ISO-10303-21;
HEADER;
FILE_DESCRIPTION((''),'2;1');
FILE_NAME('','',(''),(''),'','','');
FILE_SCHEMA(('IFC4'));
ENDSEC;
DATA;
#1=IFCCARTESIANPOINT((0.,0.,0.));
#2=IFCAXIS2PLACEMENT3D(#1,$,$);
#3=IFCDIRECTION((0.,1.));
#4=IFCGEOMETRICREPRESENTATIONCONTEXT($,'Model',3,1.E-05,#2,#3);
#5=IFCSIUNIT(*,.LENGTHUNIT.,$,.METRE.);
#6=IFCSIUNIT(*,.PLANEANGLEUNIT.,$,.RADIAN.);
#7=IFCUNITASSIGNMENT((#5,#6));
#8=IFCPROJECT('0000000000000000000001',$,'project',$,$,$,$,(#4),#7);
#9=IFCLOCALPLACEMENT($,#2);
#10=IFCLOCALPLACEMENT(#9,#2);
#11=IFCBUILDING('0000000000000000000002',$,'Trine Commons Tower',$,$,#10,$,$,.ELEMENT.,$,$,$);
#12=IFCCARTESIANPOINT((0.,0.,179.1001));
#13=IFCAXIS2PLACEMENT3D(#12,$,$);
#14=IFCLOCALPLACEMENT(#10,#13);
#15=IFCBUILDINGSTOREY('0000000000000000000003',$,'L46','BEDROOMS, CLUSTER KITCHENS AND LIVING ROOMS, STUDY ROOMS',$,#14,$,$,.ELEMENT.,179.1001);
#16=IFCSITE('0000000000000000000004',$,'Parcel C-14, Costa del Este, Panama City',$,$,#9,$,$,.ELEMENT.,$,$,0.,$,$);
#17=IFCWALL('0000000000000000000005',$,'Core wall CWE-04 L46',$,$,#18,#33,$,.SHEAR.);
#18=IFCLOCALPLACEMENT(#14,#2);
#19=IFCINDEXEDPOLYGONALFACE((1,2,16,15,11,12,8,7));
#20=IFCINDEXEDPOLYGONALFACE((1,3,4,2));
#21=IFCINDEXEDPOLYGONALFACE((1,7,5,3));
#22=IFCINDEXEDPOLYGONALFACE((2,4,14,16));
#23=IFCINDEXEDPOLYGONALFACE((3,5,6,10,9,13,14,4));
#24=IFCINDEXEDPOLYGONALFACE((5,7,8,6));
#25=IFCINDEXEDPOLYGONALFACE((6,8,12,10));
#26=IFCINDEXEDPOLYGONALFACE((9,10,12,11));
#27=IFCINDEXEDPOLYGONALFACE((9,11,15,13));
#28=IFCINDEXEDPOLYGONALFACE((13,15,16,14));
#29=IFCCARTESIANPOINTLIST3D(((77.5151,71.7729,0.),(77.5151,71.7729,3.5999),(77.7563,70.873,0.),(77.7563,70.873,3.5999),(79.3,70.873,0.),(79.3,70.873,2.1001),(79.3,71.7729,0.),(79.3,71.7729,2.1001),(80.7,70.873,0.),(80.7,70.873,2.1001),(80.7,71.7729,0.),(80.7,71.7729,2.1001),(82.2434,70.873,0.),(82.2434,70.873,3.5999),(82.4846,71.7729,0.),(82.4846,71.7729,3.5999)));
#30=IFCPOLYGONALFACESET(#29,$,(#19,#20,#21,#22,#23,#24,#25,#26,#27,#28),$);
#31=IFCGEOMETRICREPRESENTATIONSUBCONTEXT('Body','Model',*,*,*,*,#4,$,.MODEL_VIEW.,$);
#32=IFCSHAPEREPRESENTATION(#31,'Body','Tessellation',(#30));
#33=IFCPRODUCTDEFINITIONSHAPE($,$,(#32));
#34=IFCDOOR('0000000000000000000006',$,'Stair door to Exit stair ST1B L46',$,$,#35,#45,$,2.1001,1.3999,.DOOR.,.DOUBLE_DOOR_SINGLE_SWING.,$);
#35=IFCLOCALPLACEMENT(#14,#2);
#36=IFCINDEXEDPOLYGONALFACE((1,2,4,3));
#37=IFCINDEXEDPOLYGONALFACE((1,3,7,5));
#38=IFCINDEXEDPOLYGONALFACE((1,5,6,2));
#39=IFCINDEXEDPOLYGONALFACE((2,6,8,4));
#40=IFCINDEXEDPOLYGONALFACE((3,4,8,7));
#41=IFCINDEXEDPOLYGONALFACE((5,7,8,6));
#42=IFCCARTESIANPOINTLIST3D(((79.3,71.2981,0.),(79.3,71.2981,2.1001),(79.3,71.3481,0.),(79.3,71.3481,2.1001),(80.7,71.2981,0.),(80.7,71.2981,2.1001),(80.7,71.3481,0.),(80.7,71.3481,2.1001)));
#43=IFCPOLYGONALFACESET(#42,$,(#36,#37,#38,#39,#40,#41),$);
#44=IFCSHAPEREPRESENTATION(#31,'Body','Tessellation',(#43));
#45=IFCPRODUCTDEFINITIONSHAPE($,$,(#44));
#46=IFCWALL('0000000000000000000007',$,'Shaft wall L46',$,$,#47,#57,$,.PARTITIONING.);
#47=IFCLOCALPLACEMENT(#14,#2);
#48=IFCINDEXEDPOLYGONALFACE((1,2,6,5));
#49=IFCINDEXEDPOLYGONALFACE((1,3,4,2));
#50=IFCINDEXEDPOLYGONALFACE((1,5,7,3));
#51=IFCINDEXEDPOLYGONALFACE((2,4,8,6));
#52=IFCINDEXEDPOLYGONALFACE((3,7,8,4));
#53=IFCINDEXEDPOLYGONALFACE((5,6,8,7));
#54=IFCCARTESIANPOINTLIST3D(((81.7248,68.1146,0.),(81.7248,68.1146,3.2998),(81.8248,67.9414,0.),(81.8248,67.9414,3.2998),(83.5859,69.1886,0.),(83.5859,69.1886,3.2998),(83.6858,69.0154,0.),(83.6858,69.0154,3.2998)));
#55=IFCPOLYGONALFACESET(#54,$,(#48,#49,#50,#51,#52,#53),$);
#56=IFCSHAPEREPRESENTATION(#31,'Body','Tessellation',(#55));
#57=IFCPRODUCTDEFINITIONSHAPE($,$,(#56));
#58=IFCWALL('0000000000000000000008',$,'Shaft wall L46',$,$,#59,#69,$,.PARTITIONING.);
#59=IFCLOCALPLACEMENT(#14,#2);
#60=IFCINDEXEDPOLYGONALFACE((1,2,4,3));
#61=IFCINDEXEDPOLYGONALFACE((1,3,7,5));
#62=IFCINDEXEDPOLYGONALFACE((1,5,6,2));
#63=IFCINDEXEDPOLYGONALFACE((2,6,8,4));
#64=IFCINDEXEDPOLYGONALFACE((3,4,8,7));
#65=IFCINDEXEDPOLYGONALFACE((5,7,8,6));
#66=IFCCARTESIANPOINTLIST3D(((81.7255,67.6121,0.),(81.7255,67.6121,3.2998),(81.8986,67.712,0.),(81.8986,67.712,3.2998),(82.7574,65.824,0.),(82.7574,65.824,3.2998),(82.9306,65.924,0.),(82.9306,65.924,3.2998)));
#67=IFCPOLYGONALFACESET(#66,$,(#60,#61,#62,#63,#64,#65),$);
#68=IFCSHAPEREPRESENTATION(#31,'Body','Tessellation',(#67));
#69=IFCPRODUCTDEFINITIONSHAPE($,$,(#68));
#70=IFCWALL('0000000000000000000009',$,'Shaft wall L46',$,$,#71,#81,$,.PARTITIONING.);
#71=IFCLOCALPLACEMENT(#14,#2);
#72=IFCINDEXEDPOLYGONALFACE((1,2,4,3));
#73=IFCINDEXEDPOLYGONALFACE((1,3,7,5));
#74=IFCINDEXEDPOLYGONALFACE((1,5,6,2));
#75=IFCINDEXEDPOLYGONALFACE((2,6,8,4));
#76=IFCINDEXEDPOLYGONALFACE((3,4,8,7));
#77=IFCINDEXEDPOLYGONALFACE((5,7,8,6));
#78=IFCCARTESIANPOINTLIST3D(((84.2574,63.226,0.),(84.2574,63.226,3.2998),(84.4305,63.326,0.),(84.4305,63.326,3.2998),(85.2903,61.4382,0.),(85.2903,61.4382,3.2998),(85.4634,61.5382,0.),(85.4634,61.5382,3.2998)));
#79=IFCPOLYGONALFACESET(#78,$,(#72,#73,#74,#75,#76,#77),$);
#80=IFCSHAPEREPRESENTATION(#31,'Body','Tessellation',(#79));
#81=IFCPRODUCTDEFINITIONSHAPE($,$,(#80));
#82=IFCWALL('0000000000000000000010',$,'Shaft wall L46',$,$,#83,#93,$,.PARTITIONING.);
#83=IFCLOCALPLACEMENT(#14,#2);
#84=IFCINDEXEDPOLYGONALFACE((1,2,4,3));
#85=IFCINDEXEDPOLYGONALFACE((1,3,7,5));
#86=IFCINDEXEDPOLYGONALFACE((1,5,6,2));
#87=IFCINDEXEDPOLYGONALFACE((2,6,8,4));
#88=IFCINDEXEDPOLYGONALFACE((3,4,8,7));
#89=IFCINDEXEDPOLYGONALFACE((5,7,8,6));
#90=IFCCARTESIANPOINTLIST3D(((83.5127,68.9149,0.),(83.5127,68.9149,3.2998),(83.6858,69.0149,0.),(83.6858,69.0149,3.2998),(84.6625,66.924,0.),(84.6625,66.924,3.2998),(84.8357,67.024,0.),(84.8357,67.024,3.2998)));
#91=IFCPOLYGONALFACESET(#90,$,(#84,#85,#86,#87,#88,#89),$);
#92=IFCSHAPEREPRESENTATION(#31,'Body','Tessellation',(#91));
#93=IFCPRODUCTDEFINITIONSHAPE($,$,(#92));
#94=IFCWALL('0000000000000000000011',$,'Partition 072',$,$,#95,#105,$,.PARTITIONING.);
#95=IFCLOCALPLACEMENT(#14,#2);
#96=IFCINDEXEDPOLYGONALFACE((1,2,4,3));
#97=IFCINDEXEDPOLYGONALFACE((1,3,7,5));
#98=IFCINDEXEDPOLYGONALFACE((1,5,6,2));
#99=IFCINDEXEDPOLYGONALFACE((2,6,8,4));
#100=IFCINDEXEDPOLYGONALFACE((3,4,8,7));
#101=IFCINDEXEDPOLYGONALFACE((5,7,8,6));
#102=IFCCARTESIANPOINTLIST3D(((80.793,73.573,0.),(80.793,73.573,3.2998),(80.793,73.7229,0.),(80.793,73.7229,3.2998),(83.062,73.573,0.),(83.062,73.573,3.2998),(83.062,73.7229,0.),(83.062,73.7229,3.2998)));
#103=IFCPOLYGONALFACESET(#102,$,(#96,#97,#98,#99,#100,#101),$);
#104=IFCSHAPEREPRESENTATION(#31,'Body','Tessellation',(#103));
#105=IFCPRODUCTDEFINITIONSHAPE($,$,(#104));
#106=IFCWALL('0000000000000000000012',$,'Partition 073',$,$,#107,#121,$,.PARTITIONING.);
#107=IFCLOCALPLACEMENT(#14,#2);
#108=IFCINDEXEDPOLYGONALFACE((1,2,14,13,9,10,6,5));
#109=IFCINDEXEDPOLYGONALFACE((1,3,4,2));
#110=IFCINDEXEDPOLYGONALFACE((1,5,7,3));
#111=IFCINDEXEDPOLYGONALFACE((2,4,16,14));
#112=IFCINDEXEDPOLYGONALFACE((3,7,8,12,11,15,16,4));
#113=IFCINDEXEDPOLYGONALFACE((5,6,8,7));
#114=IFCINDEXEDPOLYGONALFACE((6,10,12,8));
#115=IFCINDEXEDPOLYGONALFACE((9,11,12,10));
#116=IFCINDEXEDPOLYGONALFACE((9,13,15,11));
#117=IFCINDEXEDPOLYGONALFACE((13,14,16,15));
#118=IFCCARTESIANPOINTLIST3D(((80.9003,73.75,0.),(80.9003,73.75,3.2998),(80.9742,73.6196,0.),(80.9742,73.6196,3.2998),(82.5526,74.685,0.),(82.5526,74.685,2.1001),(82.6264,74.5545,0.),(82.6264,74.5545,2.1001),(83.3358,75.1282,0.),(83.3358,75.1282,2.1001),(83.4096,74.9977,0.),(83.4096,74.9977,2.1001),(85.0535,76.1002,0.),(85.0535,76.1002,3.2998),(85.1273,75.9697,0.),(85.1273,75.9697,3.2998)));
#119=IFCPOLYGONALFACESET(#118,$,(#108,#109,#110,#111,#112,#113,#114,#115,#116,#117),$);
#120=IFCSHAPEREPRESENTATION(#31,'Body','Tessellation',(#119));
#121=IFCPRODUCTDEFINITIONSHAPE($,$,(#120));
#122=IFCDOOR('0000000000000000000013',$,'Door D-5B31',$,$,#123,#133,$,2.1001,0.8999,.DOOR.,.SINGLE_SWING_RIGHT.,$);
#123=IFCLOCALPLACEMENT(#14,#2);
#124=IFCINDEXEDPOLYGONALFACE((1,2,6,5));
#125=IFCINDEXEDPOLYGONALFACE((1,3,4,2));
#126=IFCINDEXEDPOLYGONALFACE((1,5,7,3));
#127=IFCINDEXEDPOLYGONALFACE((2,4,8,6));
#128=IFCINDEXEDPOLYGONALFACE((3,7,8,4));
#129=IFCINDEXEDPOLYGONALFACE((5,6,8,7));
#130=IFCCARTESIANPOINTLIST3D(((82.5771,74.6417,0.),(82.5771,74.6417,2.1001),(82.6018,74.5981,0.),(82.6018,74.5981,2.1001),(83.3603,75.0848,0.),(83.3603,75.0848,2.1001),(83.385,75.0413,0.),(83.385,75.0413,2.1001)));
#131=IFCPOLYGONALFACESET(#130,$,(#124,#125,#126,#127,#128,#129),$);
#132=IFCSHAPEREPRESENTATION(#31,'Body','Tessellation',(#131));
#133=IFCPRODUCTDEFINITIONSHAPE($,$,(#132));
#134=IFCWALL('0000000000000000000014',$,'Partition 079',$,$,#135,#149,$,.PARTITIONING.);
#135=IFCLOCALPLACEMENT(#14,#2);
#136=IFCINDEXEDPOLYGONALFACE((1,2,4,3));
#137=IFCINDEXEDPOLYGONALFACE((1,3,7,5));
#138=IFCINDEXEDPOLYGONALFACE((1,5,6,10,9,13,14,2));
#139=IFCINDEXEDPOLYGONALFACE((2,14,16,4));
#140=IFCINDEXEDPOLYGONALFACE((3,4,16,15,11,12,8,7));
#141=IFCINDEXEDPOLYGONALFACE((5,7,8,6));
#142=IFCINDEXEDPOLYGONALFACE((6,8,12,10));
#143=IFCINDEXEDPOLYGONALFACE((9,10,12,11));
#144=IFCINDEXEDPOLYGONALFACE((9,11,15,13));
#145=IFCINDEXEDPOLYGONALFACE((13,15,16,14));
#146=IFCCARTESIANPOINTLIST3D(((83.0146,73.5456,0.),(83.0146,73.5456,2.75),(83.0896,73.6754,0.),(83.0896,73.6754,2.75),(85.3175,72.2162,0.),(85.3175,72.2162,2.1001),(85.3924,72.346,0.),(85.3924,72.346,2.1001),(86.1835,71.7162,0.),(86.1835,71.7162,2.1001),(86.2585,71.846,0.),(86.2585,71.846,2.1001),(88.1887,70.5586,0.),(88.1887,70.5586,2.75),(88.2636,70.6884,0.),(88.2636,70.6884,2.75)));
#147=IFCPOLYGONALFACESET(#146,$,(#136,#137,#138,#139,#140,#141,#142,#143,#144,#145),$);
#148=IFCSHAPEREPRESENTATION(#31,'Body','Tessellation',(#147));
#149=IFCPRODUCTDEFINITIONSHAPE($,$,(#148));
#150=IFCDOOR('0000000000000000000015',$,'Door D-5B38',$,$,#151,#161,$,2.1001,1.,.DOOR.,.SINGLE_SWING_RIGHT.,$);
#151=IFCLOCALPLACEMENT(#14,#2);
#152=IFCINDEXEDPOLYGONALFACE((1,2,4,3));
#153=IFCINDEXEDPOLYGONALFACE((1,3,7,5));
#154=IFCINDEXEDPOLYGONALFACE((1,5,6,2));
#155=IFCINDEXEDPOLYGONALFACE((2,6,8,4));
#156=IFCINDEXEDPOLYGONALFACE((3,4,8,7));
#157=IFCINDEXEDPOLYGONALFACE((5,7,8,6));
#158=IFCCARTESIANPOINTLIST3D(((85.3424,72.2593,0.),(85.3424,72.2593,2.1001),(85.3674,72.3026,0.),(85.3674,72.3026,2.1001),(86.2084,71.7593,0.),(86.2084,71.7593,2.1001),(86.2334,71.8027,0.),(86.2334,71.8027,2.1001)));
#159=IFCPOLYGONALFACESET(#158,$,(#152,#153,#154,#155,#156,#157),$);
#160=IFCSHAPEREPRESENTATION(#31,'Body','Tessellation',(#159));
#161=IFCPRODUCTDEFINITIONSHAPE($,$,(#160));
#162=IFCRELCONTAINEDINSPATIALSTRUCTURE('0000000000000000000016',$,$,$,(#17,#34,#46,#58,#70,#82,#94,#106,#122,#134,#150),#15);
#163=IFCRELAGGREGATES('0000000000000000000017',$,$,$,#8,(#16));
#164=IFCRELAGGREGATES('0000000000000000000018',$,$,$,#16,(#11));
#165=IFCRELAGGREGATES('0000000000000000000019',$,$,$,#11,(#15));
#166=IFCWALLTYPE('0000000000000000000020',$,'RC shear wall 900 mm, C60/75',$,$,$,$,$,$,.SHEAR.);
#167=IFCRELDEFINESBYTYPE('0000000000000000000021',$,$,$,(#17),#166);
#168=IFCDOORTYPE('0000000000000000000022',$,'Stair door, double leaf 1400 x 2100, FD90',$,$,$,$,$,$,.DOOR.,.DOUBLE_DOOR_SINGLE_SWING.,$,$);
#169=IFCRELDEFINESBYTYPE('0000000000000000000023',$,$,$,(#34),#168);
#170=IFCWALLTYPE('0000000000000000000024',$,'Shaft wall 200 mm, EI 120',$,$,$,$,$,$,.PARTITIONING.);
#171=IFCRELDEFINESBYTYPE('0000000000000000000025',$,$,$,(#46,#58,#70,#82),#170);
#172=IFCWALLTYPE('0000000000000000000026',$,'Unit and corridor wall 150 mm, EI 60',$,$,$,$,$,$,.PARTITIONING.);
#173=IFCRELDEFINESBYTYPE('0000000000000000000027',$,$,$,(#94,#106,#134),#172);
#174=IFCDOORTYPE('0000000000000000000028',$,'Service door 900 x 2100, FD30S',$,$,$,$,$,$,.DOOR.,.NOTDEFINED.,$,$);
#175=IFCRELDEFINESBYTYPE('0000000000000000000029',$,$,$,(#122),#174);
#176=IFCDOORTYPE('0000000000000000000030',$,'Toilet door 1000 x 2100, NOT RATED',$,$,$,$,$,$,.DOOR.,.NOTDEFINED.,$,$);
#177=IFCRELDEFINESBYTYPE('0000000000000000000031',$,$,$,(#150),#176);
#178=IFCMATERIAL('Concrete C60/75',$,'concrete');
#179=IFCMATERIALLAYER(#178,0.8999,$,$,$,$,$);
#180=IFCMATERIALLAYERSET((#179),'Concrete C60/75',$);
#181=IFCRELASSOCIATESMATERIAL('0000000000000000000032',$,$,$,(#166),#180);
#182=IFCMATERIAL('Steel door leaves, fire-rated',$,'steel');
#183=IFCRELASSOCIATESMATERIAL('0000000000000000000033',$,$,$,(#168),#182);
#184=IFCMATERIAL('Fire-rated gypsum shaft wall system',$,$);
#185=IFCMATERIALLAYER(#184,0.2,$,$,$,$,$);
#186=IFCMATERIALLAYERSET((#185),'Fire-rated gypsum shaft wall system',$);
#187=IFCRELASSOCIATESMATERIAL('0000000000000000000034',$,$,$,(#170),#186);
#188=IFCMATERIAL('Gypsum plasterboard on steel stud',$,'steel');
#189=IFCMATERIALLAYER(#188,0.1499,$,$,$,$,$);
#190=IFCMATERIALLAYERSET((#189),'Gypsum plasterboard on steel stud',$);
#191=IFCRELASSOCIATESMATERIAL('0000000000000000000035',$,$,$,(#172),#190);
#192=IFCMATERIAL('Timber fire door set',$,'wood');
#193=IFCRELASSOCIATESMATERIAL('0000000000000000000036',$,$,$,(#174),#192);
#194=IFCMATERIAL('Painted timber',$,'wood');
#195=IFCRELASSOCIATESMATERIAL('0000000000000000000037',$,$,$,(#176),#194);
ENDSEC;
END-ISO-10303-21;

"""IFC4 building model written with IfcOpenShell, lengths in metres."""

from ifc_helpers import new_model, si_unit, direction, frame, frame_2d, origin, place, context, subcontext, project, spatial, polyline, rectangle, outline, extrude, material, layer, layer_set, type_object, element, fill, save


model = new_model("IFC4")

# Units and contexts
model_context = context("Model", 3, precision=1e-05, world=origin(), true_north=direction((0.0, 1.0)))
body_context = subcontext(model_context, "Body", "Model", "MODEL_VIEW")
ifc_project = project(units=[si_unit("LENGTHUNIT", "METRE"), si_unit("PLANEANGLEUNIT", "RADIAN")], contexts=[model_context])

# Site, building, storey
site_placement = place(None, origin())
site = spatial("IfcSite", under=ifc_project, at=site_placement, Name="Parcel C-14, Costa del Este, Panama City", CompositionType="ELEMENT", RefElevation=0.0)
building_placement = place(site_placement, origin())
building = spatial("IfcBuilding", under=site, at=building_placement, Name="Trine Commons Tower", CompositionType="ELEMENT")
storey_placement = place(building_placement, frame((0.0, 0.0, 179.1001)))
storey = spatial("IfcBuildingStorey", under=building, at=storey_placement, Name="L46", Description="BEDROOMS, CLUSTER KITCHENS AND LIVING ROOMS, STUDY ROOMS", CompositionType="ELEMENT", Elevation=179.1001)

# Shared definitions
ifc_material_1 = material(Name="Fire-rated gypsum shaft wall system")
ifc_material_2 = material(Name="Concrete C60/75", Category="concrete")

# Wall, opening, door
ifc_layer_1 = layer(ifc_material_2, 0.8999)
ifc_layer_set_1 = layer_set([ifc_layer_1], Name="Concrete C60/75")
wall_type_1 = type_object("IfcWallType", Name="RC shear wall 900 mm, C60/75", PredefinedType="SHEAR", material=ifc_layer_set_1)
wall_1_placement = place(storey_placement, frame((82.4846, 71.323, 0.0), z_axis=(0.0, 0.0, 1.0), x_axis=(-1.0, 0.0, 0.0)))
wall_1 = element("IfcWall", 1, at=wall_1_placement, inside=storey, type_object=wall_type_1, Name="Core wall CWE-04 L46", PredefinedType="SHEAR", context=body_context, shape_type="SweptSolid", body=[
    extrude(outline(polyline([(0.0, -0.45), (4.9695, -0.45), (4.7283, 0.45), (0.2412, 0.45), (0.0, -0.45)])), origin(), (0.0, 0.0, 1.0), 3.5999),
])
opening_1_placement = place(wall_1_placement, frame((1.7847, 0.0, 0.0)))
opening_1 = element("IfcOpeningElement", 2, at=opening_1_placement, cuts=wall_1, PredefinedType="OPENING", context=body_context, shape_type="SweptSolid", body=[
    extrude(rectangle(XDim=1.3999, YDim=2.1001, at=frame_2d((0.7, 1.05))), frame((0.0, 0.46, 0.0), z_axis=(0.0, -1.0, 0.0), x_axis=(1.0, 0.0, 0.0)), (0.0, 0.0, 1.0), 0.9199),
])
ifc_material_3 = material(Name="Steel door leaves, fire-rated", Category="steel")
door_type_1 = type_object("IfcDoorType", Name="Stair door, double leaf 1400 x 2100, FD90", OperationType="DOUBLE_DOOR_SINGLE_SWING", PredefinedType="DOOR", material=ifc_material_3)
door_1_placement = place(opening_1_placement, origin())
door_1 = element("IfcDoor", 3, at=door_1_placement, inside=storey, type_object=door_type_1, Name="Stair door to Exit stair ST1B L46", OperationType="DOUBLE_DOOR_SINGLE_SWING", OverallHeight=2.1001, OverallWidth=1.3999, PredefinedType="DOOR", context=body_context, shape_type="SweptSolid", body=[
    extrude(rectangle(XDim=1.3999, YDim=2.1001, at=frame_2d((0.7, 1.05))), frame((0.0, 0.0249, 0.0), z_axis=(0.0, -1.0, 0.0), x_axis=(1.0, 0.0, 0.0)), (0.0, 0.0, 1.0), 0.05),
])
fill(opening_1, door_1)

# Walls
ifc_layer_2 = layer(ifc_material_1, 0.2)
ifc_layer_set_2 = layer_set([ifc_layer_2], Name="Fire-rated gypsum shaft wall system")
wall_type_2 = type_object("IfcWallType", Name="Shaft wall 200 mm, EI 120", PredefinedType="PARTITIONING", material=ifc_layer_set_2)
wall_2_placement = place(storey_placement, frame((81.7749, 68.0281, 0.0), z_axis=(0.0, 0.0, 1.0), x_axis=(0.866131, 0.499818, 0.0)))
element("IfcWall", 4, at=wall_2_placement, inside=storey, type_object=wall_type_2, Name="Shaft wall L46", PredefinedType="PARTITIONING", context=body_context, shape_type="SweptSolid", body=[
    extrude(rectangle(XDim=2.1487, YDim=0.2, at=frame_2d((1.0742, 0.0))), origin(), (0.0, 0.0, 1.0), 3.2998),
])
wall_3_placement = place(storey_placement, frame((82.844, 65.874, 0.0), z_axis=(0.0, 0.0, 1.0), x_axis=(-0.499866, 0.866103, 0.0)))
element("IfcWall", 5, at=wall_3_placement, inside=storey, type_object=wall_type_2, Name="Shaft wall L46", PredefinedType="PARTITIONING", context=body_context, shape_type="SweptSolid", body=[
    extrude(rectangle(XDim=2.0645, YDim=0.2, at=frame_2d((1.0322, 0.0))), origin(), (0.0, 0.0, 1.0), 3.2998),
])
wall_4_placement = place(storey_placement, frame((84.344, 63.2759, 0.0), z_axis=(0.0, 0.0, 1.0), x_axis=(0.500272, -0.865868, 0.0)))
element("IfcWall", 6, at=wall_4_placement, inside=storey, type_object=wall_type_2, Name="Shaft wall L46", PredefinedType="PARTITIONING", context=body_context, shape_type="SweptSolid", body=[
    extrude(rectangle(XDim=2.0647, YDim=0.2, at=frame_2d((1.0322, 0.0))), origin(), (0.0, 0.0, 1.0), 3.2998),
])
wall_5_placement = place(storey_placement, frame((84.749, 66.9741, 0.0), z_axis=(0.0, 0.0, 1.0), x_axis=(-0.500136, 0.865947, 0.0)))
element("IfcWall", 7, at=wall_5_placement, inside=storey, type_object=wall_type_2, Name="Shaft wall L46", PredefinedType="PARTITIONING", context=body_context, shape_type="SweptSolid", body=[
    extrude(rectangle(XDim=2.2991, YDim=0.2, at=frame_2d((1.1494, 0.0))), origin(), (0.0, 0.0, 1.0), 3.2998),
])
ifc_material_4 = material(Name="Gypsum plasterboard on steel stud", Category="steel")
ifc_layer_3 = layer(ifc_material_4, 0.1499)
ifc_layer_set_3 = layer_set([ifc_layer_3], Name="Gypsum plasterboard on steel stud")
wall_type_3 = type_object("IfcWallType", Name="Unit and corridor wall 150 mm, EI 60", PredefinedType="PARTITIONING", material=ifc_layer_set_3)
wall_6_placement = place(storey_placement, frame((80.793, 73.6479, 0.0), z_axis=(0.0, 0.0, 1.0), x_axis=(1.0, 0.0, 0.0)))
element("IfcWall", 8, at=wall_6_placement, inside=storey, type_object=wall_type_3, Name="Partition 072", PredefinedType="PARTITIONING", context=body_context, shape_type="SweptSolid", body=[
    extrude(rectangle(XDim=2.269, YDim=0.1499, at=frame_2d((1.1345, 0.0))), origin(), (0.0, 0.0, 1.0), 3.2998),
])

# Walls, openings, doors
wall_7_placement = place(storey_placement, frame((80.9373, 73.6848, 0.0), z_axis=(0.0, 0.0, 1.0), x_axis=(0.87032, 0.492487, 0.0)))
wall_7 = element("IfcWall", 9, at=wall_7_placement, inside=storey, type_object=wall_type_3, Name="Partition 073", PredefinedType="PARTITIONING", context=body_context, shape_type="SweptSolid", body=[
    extrude(rectangle(XDim=4.772, YDim=0.1499, at=frame_2d((2.386, 0.0))), origin(), (0.0, 0.0, 1.0), 3.2998),
])
opening_2_placement = place(wall_7_placement, frame((1.8984, 0.0, 0.0)))
opening_2 = element("IfcOpeningElement", 10, at=opening_2_placement, cuts=wall_7, PredefinedType="OPENING", context=body_context, shape_type="SweptSolid", body=[
    extrude(rectangle(XDim=0.8999, YDim=2.1001, at=frame_2d((0.45, 1.05))), frame((0.0, 0.085, 0.0), z_axis=(0.0, -1.0, 0.0), x_axis=(1.0, 0.0, 0.0)), (0.0, 0.0, 1.0), 0.1699),
])
ifc_material_5 = material(Name="Timber fire door set", Category="wood")
door_type_2 = type_object("IfcDoorType", Name="Service door 900 x 2100, FD30S", OperationType="NOTDEFINED", PredefinedType="DOOR", material=ifc_material_5)
door_2_placement = place(opening_2_placement, frame((0.8999, 0.0, 0.0), z_axis=(0.0, 0.0, 1.0), x_axis=(-1.0, 0.0, 0.0)))
door_2 = element("IfcDoor", 11, at=door_2_placement, inside=storey, type_object=door_type_2, Name="Door D-5B31", OperationType="SINGLE_SWING_RIGHT", OverallHeight=2.1001, OverallWidth=0.8999, PredefinedType="DOOR", context=body_context, shape_type="SweptSolid", body=[
    extrude(rectangle(XDim=0.8999, YDim=2.1001, at=frame_2d((0.45, 1.05))), frame((0.0, 0.0249, 0.0), z_axis=(0.0, -1.0, 0.0), x_axis=(1.0, 0.0, 0.0)), (0.0, 0.0, 1.0), 0.05),
])
fill(opening_2, door_2)
wall_8_placement = place(storey_placement, frame((83.052, 73.6106, 0.0), z_axis=(0.0, 0.0, 1.0), x_axis=(0.866039, -0.499976, 0.0)))
wall_8 = element("IfcWall", 12, at=wall_8_placement, inside=storey, type_object=wall_type_3, Name="Partition 079", PredefinedType="PARTITIONING", context=body_context, shape_type="SweptSolid", body=[
    extrude(rectangle(XDim=5.9744, YDim=0.1499, at=frame_2d((2.9873, 0.0))), origin(), (0.0, 0.0, 1.0), 2.75),
])
opening_3_placement = place(wall_8_placement, frame((2.6592, 0.0, 0.0)))
opening_3 = element("IfcOpeningElement", 13, at=opening_3_placement, cuts=wall_8, PredefinedType="OPENING", context=body_context, shape_type="SweptSolid", body=[
    extrude(rectangle(XDim=1.0, YDim=2.1001, at=frame_2d((0.5, 1.05))), frame((0.0, 0.085, 0.0), z_axis=(0.0, -1.0, 0.0), x_axis=(1.0, 0.0, 0.0)), (0.0, 0.0, 1.0), 0.1699),
])
ifc_material_6 = material(Name="Painted timber", Category="wood")
door_type_3 = type_object("IfcDoorType", Name="Toilet door 1000 x 2100, NOT RATED", OperationType="NOTDEFINED", PredefinedType="DOOR", material=ifc_material_6)
door_3_placement = place(opening_3_placement, origin())
door_3 = element("IfcDoor", 14, at=door_3_placement, inside=storey, type_object=door_type_3, Name="Door D-5B38", OperationType="SINGLE_SWING_RIGHT", OverallHeight=2.1001, OverallWidth=1.0, PredefinedType="DOOR", context=body_context, shape_type="SweptSolid", body=[
    extrude(rectangle(XDim=1.0, YDim=2.1001, at=frame_2d((0.5, 1.05))), frame((0.0, 0.0249, 0.0), z_axis=(0.0, -1.0, 0.0), x_axis=(1.0, 0.0, 0.0)), (0.0, 0.0, 1.0), 0.05),
])
fill(opening_3, door_3)

save(model, "model.ifc")
